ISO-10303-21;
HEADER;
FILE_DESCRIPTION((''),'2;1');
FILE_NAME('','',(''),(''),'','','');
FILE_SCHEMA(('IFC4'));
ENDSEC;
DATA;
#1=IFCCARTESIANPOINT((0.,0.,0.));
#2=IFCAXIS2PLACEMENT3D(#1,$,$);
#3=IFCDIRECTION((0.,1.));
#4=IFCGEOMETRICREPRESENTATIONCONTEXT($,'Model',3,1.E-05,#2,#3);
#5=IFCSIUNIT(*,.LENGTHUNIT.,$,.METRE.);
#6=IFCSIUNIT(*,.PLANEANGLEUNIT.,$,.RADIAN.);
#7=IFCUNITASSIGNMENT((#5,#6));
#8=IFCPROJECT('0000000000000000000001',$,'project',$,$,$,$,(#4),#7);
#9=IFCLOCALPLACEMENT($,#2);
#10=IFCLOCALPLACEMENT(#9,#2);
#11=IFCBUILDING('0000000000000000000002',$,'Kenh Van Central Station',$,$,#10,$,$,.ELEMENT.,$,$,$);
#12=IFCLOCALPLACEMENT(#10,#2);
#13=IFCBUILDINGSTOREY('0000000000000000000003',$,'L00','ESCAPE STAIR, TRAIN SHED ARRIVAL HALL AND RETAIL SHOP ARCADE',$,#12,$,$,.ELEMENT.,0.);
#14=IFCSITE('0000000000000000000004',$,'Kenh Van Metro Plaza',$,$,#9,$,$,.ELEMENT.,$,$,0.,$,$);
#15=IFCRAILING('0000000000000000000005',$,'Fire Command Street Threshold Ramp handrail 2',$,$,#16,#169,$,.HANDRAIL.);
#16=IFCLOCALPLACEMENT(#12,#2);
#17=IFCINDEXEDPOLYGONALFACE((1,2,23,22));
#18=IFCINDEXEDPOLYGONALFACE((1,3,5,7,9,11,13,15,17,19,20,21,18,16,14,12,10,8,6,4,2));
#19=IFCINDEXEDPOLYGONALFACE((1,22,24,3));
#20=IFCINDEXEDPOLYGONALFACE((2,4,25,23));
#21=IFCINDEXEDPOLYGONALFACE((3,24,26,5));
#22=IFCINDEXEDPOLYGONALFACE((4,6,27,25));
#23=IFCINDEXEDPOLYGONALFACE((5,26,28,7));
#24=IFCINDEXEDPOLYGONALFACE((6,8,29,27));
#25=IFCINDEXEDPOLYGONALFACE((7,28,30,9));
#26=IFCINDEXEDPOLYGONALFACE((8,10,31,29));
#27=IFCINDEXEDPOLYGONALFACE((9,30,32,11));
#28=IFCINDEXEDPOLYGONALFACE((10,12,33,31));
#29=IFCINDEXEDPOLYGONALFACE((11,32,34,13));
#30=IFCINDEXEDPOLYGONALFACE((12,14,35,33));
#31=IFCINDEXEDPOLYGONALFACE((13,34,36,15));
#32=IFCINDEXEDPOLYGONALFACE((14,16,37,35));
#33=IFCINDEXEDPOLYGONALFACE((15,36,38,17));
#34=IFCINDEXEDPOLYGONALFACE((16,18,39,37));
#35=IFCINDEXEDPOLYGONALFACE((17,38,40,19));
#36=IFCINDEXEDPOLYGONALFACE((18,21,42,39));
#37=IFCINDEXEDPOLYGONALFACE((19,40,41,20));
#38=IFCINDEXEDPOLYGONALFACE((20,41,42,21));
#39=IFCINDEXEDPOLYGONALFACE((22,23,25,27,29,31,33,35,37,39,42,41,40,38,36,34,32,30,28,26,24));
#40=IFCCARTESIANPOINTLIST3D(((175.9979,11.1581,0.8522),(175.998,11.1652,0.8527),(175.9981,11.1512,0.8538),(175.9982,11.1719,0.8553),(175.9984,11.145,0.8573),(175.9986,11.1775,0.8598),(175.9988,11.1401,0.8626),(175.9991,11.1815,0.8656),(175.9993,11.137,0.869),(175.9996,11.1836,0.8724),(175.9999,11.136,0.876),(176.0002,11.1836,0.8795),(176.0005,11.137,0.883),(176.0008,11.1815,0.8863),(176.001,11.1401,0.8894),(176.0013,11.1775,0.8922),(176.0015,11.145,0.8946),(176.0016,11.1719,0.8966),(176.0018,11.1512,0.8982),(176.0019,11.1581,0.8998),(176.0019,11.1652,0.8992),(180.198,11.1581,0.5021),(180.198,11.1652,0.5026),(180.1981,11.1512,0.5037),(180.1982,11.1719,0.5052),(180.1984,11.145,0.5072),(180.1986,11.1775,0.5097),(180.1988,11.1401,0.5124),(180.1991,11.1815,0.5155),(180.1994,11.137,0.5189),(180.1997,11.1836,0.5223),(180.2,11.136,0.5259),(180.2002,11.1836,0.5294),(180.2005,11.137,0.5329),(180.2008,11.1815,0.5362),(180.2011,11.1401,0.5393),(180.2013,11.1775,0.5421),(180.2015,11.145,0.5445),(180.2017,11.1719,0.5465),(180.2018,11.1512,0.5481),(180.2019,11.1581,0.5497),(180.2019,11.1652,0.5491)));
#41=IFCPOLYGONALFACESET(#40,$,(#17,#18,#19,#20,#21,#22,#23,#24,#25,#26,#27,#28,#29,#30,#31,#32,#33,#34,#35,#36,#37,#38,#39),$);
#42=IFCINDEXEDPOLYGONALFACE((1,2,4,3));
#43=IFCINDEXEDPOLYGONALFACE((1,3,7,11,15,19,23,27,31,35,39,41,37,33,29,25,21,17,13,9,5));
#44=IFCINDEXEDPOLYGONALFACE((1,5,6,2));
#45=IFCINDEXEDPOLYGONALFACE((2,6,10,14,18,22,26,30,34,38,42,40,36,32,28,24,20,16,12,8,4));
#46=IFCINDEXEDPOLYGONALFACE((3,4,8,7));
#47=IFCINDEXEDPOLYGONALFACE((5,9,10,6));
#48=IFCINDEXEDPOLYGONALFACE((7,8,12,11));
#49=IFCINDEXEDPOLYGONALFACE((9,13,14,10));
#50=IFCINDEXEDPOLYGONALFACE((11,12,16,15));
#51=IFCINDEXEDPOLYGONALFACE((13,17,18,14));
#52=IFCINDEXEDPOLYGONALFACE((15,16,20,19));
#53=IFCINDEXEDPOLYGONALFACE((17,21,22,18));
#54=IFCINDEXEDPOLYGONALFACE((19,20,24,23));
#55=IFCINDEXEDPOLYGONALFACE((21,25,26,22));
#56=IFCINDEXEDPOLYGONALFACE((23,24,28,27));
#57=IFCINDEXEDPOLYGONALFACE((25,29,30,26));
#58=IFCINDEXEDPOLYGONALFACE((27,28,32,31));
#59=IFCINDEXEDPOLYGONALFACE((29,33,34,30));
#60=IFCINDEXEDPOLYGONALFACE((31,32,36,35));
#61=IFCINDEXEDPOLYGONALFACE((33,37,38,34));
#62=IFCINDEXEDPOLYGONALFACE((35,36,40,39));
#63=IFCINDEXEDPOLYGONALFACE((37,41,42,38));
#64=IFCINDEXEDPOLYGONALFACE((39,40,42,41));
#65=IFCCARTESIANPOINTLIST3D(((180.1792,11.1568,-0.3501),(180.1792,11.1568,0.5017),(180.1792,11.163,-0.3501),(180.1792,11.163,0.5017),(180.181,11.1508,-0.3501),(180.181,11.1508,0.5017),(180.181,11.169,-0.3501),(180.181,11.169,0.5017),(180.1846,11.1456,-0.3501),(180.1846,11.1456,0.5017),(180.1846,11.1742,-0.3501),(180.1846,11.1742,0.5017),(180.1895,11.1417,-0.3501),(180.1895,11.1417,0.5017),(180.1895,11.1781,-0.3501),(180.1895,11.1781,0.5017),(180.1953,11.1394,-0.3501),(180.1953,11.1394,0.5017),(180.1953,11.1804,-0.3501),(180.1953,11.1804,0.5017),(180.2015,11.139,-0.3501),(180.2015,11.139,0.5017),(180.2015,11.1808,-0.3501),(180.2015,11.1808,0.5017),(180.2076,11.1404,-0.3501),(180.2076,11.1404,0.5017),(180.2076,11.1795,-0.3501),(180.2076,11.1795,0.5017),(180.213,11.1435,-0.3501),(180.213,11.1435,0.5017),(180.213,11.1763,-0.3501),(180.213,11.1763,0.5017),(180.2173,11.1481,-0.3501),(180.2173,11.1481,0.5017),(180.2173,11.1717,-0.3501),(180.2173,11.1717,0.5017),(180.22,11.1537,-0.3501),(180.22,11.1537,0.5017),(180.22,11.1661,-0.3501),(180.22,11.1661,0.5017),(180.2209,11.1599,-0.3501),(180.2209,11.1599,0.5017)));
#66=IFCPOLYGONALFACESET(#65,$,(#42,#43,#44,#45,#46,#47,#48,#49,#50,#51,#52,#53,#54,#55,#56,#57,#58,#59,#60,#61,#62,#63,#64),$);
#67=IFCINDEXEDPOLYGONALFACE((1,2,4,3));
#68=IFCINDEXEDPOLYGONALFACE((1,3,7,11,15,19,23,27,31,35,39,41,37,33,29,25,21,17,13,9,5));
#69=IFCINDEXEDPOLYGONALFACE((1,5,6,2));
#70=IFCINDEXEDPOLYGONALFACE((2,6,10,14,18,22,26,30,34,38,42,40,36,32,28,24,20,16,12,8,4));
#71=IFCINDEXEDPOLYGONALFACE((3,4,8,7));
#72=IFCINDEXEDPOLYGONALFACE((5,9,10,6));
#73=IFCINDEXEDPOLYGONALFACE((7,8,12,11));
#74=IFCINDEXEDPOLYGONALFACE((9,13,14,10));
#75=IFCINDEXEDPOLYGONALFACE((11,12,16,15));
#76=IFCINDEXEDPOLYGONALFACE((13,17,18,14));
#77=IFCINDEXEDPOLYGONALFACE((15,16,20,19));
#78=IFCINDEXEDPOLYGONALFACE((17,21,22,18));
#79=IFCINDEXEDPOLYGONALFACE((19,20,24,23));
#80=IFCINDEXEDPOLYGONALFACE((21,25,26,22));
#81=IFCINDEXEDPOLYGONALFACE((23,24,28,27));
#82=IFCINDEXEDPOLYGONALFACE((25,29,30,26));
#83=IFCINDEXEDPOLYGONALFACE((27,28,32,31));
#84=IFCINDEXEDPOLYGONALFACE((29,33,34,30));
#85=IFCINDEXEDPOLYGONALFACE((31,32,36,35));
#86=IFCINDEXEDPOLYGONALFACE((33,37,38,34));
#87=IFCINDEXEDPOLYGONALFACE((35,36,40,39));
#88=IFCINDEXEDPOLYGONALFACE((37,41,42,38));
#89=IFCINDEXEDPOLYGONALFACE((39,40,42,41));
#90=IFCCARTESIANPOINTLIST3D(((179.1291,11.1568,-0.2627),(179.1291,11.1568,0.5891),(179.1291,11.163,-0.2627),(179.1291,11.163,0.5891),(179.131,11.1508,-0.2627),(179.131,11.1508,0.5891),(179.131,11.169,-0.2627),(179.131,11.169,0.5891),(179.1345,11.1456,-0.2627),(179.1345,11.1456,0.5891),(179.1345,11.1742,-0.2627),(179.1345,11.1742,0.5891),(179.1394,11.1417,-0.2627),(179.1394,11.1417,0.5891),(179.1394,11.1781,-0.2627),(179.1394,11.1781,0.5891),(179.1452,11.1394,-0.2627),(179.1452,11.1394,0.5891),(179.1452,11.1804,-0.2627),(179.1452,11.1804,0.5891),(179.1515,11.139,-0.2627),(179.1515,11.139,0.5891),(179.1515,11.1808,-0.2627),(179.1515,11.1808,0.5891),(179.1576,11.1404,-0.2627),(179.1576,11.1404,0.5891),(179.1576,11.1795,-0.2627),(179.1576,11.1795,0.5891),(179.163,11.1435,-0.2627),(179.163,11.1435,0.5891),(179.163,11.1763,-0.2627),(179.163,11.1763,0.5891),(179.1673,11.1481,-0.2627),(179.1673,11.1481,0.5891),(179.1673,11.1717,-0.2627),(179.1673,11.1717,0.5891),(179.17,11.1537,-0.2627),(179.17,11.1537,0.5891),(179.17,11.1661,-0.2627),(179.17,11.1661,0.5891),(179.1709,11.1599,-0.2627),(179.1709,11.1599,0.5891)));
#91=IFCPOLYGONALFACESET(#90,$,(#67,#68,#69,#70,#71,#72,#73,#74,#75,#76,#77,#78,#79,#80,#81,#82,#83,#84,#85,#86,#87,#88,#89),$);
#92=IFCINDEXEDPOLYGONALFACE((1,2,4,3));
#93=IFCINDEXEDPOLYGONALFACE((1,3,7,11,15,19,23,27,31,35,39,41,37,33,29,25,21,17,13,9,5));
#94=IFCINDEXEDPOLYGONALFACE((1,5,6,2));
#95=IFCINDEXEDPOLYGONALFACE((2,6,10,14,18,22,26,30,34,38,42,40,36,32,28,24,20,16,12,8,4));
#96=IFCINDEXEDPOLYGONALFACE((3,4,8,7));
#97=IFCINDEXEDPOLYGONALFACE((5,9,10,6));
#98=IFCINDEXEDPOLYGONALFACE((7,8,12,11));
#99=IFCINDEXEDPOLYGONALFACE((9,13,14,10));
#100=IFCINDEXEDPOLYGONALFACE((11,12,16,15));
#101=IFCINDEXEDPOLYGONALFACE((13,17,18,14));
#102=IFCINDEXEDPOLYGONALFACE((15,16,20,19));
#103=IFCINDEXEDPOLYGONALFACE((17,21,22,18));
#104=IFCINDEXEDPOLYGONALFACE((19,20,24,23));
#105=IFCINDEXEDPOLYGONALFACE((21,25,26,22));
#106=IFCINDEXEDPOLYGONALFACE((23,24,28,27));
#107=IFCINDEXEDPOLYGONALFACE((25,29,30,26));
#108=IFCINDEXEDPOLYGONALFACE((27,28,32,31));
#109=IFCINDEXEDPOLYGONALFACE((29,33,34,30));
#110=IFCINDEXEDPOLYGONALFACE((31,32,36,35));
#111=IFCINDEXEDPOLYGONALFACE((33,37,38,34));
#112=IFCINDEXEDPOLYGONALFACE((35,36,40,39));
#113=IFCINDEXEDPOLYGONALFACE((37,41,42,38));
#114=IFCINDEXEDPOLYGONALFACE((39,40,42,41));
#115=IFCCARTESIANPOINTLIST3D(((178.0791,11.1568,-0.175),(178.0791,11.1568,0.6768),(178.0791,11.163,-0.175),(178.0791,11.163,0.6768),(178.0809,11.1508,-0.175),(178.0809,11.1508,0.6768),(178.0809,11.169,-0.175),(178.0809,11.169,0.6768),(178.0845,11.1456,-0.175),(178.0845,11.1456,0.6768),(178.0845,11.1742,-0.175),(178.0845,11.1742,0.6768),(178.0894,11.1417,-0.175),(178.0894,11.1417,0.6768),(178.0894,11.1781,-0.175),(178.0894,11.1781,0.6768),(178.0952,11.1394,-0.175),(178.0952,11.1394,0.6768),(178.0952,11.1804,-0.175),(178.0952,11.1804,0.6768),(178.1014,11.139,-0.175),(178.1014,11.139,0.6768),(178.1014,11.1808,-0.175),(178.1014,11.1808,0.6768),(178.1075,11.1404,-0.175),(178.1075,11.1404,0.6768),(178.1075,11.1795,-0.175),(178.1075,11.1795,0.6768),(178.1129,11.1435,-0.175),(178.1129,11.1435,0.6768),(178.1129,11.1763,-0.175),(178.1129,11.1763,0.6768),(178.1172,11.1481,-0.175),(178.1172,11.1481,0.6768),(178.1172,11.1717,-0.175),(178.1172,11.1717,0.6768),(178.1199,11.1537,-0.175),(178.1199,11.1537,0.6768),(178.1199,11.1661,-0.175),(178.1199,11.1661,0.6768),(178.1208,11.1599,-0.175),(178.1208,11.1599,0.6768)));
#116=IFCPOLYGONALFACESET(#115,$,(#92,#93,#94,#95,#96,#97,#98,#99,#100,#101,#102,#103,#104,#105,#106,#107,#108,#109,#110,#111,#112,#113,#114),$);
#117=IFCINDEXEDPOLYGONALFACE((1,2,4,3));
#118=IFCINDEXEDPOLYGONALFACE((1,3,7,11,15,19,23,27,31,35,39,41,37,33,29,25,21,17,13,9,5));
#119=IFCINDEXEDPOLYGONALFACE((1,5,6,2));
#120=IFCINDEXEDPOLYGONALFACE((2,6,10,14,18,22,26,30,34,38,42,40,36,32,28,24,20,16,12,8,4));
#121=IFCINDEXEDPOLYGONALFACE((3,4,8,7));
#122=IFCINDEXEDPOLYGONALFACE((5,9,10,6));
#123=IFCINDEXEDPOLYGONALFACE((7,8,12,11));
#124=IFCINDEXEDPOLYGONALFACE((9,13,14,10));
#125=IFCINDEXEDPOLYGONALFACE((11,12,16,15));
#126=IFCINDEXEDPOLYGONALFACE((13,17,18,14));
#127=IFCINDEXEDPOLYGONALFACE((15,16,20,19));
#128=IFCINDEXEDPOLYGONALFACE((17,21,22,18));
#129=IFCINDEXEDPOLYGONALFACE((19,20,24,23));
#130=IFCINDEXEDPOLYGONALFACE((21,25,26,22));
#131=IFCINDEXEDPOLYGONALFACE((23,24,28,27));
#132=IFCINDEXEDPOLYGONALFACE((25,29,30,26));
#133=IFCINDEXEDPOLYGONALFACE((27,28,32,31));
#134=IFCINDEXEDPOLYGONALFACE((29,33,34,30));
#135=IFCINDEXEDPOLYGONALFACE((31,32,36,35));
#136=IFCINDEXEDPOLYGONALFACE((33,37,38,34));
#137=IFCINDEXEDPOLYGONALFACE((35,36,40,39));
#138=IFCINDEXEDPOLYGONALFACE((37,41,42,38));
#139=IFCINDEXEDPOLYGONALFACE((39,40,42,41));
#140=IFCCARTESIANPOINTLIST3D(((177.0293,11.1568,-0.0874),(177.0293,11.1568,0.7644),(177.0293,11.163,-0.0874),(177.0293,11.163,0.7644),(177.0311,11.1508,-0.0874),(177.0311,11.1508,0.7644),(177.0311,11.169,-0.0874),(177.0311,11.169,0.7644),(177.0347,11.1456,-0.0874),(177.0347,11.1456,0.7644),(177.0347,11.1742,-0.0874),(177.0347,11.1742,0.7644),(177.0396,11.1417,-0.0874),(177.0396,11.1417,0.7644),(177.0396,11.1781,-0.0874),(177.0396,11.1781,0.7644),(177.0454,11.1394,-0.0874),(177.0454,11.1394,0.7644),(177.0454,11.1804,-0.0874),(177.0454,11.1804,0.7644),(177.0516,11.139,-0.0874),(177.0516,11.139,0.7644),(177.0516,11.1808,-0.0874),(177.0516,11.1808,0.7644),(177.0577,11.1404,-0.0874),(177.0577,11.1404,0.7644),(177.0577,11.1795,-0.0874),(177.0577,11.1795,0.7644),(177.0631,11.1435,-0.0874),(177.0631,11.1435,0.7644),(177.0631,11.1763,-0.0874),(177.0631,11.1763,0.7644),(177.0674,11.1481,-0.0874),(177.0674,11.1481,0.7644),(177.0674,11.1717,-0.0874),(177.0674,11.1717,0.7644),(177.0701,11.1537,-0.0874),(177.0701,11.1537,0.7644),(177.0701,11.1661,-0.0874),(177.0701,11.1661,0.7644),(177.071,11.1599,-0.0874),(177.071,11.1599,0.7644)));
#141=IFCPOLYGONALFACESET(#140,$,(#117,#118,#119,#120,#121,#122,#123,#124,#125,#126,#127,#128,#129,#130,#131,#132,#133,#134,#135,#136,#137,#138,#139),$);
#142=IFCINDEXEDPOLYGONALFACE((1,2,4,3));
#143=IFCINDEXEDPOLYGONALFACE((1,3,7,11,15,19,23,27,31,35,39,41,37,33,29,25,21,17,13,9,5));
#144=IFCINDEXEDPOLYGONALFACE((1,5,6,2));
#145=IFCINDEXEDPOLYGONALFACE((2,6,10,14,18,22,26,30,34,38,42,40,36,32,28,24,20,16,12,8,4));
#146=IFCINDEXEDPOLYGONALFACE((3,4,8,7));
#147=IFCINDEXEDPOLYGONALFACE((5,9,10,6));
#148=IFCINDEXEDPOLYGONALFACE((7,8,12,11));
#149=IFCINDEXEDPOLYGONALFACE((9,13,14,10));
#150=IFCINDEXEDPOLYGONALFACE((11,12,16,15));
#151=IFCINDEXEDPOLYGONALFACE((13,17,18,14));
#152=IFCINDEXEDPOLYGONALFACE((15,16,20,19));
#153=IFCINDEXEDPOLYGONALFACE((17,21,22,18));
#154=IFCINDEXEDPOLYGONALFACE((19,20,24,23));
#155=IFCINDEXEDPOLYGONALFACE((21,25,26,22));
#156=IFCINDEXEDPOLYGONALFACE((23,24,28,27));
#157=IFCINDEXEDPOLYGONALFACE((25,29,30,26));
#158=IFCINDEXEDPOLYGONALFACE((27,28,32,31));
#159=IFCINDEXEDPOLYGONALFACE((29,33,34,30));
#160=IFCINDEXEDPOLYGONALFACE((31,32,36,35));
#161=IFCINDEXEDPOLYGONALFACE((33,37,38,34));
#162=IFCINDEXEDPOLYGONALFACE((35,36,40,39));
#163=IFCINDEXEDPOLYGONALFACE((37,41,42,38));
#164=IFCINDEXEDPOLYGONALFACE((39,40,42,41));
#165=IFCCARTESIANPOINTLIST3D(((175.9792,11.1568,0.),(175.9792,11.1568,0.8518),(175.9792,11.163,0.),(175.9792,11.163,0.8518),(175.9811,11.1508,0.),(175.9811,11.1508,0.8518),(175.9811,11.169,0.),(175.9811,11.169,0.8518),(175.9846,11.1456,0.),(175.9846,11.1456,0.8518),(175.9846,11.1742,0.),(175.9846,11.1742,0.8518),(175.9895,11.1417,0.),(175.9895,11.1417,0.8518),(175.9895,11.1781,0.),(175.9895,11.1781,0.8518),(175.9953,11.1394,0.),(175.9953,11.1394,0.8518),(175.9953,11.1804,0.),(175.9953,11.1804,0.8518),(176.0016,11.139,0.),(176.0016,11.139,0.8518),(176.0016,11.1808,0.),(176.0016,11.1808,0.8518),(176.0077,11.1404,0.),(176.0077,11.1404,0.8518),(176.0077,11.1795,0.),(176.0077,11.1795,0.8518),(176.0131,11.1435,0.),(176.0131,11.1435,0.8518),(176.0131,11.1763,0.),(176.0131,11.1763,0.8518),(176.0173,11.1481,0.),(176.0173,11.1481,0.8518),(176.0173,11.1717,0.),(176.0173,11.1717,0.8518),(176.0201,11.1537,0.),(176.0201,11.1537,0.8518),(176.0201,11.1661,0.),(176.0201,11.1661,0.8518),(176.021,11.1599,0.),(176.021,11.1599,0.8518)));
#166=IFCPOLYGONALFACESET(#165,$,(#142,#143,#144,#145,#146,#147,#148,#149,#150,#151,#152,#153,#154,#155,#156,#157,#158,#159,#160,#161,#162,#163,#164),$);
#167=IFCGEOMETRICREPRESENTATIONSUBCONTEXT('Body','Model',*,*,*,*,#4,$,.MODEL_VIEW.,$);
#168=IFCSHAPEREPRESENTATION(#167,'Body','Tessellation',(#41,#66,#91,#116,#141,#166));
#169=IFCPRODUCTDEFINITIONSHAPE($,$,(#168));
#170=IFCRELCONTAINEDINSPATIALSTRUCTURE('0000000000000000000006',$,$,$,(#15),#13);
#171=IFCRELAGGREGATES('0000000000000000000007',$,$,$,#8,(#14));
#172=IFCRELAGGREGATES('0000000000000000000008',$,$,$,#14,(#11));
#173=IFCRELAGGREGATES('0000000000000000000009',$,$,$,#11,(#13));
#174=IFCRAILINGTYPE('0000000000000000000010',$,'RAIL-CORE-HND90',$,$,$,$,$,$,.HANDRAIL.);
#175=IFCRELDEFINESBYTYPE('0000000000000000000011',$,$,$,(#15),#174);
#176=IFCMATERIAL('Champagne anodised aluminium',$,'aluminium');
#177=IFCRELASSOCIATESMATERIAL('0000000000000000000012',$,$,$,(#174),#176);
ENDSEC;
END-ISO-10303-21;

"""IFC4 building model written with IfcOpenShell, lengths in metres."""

from ifc_helpers import new_model, si_unit, direction, frame, origin, origin_2d, place, context, subcontext, project, spatial, circle, extrude, material, type_object, element, save


model = new_model("IFC4")

# Units and contexts
model_context = context("Model", 3, precision=1e-05, world=origin(), true_north=direction((0.0, 1.0)))
body_context = subcontext(model_context, "Body", "Model", "MODEL_VIEW")
ifc_project = project(units=[si_unit("LENGTHUNIT", "METRE"), si_unit("PLANEANGLEUNIT", "RADIAN")], contexts=[model_context])

# Site, building, storey
site_placement = place(None, origin())
site = spatial("IfcSite", under=ifc_project, at=site_placement, Name="Kenh Van Metro Plaza", CompositionType="ELEMENT", RefElevation=0.0)
building_placement = place(site_placement, origin())
building = spatial("IfcBuilding", under=site, at=building_placement, Name="Kenh Van Central Station", CompositionType="ELEMENT")
storey_placement = place(building_placement, origin())
storey = spatial("IfcBuildingStorey", under=building, at=storey_placement, Name="L00", Description="ESCAPE STAIR, TRAIN SHED ARRIVAL HALL AND RETAIL SHOP ARCADE", CompositionType="ELEMENT", Elevation=0.0)

# Shared definitions
ifc_material_1 = material(Name="Champagne anodised aluminium", Category="aluminium")

# Railing
railing_type = type_object("IfcRailingType", Name="RAIL-CORE-HND90", PredefinedType="HANDRAIL", material=ifc_material_1)
for number, where, name in (
    (1, (180.2, 11.1599, -0.3501), "Fire Command Street Threshold Ramp handrail 2"),
):
    element("IfcRailing", number, at=place(storey_placement, frame(where)), inside=storey, type_object=railing_type, Name=name, PredefinedType="HANDRAIL", context=body_context, shape_type="SweptSolid", body=[
        extrude(circle(Radius=0.0239, at=origin_2d()), frame((0.0, 0.0, 0.876), z_axis=(-0.996544, 0.0, 0.083069), x_axis=(0.0, -1.0, 0.0)), (0.0, 0.0, 1.0), 4.2146),
        extrude(circle(Radius=0.021, at=origin_2d()), origin(), (0.0, 0.0, 1.0), 0.8518),
        extrude(circle(Radius=0.021, at=origin_2d()), frame((-1.05, 0.0, 0.0874)), (0.0, 0.0, 1.0), 0.8518),
        extrude(circle(Radius=0.021, at=origin_2d()), frame((-2.1001, 0.0, 0.175)), (0.0, 0.0, 1.0), 0.8518),
        extrude(circle(Radius=0.021, at=origin_2d()), frame((-3.1499, 0.0, 0.2627)), (0.0, 0.0, 1.0), 0.8518),
        extrude(circle(Radius=0.021, at=origin_2d()), frame((-4.2, 0.0, 0.3501)), (0.0, 0.0, 1.0), 0.8518),
    ])

save(model, "model.ifc")
